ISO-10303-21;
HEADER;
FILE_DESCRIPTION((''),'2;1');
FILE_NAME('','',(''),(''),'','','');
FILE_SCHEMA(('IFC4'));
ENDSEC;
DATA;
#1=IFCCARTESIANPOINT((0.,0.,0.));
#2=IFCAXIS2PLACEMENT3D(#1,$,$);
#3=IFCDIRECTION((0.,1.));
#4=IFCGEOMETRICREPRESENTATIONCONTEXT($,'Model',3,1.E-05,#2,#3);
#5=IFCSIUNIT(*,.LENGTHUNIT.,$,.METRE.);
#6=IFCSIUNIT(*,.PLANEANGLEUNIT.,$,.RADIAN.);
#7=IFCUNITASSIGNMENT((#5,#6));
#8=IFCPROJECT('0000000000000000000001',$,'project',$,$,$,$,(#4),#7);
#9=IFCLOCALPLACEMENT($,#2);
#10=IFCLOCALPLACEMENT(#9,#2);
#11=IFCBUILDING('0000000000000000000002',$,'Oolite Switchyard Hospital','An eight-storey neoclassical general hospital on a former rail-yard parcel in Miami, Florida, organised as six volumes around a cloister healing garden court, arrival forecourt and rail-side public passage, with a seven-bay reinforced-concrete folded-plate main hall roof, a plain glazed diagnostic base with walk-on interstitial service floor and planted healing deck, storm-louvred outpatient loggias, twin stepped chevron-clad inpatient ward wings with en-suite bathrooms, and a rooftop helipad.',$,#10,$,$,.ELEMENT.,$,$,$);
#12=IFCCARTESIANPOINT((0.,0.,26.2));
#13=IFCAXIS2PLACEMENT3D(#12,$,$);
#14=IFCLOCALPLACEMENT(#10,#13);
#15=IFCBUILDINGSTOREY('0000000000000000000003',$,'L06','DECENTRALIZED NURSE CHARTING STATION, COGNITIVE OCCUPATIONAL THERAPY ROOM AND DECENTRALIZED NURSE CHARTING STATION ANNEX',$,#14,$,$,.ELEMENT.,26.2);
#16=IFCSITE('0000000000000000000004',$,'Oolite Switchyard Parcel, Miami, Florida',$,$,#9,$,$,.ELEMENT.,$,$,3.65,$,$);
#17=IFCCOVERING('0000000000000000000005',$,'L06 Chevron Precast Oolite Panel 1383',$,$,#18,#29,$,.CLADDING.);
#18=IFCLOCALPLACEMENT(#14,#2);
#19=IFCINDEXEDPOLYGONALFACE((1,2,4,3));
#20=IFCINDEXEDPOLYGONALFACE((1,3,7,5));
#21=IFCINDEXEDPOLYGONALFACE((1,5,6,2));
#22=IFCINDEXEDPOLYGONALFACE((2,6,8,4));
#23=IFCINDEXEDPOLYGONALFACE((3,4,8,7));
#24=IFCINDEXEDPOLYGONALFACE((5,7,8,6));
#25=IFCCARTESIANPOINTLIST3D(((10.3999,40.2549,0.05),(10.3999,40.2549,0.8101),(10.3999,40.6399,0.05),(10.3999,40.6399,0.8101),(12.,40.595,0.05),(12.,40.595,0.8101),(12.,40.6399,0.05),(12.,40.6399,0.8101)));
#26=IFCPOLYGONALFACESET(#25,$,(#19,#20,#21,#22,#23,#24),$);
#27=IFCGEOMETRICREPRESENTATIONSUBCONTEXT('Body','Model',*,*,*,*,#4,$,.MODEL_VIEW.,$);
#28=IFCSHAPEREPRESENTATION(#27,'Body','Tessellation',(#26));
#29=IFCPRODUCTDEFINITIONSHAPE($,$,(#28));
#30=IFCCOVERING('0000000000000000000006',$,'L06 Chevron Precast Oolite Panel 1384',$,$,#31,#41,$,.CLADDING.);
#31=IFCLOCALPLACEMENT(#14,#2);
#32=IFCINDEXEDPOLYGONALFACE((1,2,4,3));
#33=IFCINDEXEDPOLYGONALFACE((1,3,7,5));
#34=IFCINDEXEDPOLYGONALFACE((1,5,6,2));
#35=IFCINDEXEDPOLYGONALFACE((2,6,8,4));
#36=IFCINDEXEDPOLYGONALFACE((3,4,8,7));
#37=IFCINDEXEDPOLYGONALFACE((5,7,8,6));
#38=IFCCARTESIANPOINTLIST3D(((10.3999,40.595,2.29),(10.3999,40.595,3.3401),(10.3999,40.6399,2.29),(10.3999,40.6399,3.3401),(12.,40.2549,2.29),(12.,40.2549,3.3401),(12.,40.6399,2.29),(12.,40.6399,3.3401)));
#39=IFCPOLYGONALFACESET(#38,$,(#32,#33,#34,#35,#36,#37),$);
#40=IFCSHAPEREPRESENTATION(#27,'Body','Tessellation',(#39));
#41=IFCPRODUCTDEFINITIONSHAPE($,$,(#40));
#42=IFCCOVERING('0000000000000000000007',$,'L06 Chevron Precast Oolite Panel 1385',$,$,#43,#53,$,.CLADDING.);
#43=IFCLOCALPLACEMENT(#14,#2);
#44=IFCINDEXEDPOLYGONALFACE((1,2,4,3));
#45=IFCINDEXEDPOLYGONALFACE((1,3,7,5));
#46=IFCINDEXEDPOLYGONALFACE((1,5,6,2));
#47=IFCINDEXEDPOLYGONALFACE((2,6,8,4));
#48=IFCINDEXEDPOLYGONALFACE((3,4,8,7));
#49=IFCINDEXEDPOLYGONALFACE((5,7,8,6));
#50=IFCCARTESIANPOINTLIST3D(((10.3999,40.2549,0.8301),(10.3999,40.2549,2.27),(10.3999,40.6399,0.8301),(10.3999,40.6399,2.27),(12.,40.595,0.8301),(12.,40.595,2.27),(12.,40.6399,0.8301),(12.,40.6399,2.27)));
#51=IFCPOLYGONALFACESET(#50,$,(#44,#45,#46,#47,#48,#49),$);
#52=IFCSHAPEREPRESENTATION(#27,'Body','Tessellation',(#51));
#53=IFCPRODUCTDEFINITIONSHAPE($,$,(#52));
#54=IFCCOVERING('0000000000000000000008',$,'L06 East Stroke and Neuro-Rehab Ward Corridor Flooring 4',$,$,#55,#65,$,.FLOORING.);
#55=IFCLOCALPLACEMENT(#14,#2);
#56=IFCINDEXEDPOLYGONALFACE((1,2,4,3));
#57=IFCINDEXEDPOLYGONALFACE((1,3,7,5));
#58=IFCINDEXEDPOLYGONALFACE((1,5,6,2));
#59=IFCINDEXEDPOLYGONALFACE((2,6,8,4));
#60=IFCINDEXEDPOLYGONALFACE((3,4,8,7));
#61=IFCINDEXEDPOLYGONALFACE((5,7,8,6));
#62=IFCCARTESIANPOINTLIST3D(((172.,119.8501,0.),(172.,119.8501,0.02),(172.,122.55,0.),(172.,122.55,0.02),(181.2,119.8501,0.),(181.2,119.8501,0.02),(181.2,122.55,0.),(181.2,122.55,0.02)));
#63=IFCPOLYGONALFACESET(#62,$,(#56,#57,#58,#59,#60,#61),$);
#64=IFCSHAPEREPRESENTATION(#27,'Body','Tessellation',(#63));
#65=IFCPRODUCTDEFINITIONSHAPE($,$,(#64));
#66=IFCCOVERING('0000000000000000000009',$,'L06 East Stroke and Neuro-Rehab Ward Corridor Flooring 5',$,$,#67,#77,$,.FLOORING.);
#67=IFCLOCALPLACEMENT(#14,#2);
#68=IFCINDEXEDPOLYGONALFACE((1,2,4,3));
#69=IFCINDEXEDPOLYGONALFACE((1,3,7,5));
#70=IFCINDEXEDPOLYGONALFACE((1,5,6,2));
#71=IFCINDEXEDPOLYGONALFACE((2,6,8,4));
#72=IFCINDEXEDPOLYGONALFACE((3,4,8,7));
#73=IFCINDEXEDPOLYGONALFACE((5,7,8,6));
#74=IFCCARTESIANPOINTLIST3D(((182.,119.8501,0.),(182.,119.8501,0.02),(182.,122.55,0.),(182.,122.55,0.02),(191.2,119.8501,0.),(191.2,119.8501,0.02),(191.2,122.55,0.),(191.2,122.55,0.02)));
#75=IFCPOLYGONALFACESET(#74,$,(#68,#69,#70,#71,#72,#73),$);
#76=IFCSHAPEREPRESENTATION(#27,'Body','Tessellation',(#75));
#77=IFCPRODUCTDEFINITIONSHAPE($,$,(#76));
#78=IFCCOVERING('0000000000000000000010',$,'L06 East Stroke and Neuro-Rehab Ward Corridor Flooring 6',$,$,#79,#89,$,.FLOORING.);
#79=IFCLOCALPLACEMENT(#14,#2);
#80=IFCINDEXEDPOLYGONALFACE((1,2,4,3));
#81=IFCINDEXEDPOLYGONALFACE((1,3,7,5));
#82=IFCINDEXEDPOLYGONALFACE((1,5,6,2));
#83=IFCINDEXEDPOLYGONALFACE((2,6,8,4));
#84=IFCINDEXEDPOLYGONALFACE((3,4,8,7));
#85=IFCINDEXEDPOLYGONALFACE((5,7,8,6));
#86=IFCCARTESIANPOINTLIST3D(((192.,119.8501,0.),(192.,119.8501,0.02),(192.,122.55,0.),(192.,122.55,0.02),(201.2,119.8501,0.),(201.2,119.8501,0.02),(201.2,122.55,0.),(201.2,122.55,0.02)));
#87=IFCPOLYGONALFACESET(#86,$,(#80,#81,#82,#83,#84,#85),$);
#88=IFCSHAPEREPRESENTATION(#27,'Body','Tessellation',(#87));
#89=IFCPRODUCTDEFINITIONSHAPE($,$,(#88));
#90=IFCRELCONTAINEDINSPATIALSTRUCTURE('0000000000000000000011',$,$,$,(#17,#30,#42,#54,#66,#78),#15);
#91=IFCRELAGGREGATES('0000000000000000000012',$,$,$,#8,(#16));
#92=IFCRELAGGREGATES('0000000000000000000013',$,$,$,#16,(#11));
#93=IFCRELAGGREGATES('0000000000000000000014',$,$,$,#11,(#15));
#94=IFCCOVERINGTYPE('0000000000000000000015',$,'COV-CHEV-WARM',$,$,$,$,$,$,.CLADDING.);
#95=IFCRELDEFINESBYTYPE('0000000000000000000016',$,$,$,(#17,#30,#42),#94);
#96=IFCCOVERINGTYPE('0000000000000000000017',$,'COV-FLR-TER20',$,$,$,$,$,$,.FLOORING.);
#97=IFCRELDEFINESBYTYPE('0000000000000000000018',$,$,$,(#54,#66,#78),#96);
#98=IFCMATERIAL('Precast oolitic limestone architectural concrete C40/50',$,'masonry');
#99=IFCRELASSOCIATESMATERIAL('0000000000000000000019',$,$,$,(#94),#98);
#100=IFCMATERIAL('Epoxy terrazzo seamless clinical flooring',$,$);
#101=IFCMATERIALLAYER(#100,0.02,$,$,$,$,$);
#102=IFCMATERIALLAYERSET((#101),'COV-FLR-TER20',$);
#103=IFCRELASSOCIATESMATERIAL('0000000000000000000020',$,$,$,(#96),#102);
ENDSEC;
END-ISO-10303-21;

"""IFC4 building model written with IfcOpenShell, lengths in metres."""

from ifc_helpers import new_model, si_unit, direction, frame, origin, place, context, subcontext, project, spatial, polyline, outline, extrude, material, layer, layer_set, type_object, element, save


model = new_model("IFC4")

# Units and contexts
model_context = context("Model", 3, precision=1e-05, world=origin(), true_north=direction((0.0, 1.0)))
body_context = subcontext(model_context, "Body", "Model", "MODEL_VIEW")
ifc_project = project(units=[si_unit("LENGTHUNIT", "METRE"), si_unit("PLANEANGLEUNIT", "RADIAN")], contexts=[model_context])

# Site, building, storey
site_placement = place(None, origin())
site = spatial("IfcSite", under=ifc_project, at=site_placement, Name="Oolite Switchyard Parcel, Miami, Florida", CompositionType="ELEMENT", RefElevation=3.65)
building_placement = place(site_placement, origin())
building = spatial("IfcBuilding", under=site, at=building_placement, Name="Oolite Switchyard Hospital", Description="An eight-storey neoclassical general hospital on a former rail-yard parcel in Miami, Florida, organised as six volumes around a cloister healing garden court, arrival forecourt and rail-side public passage, with a seven-bay reinforced-concrete folded-plate main hall roof, a plain glazed diagnostic base with walk-on interstitial service floor and planted healing deck, storm-louvred outpatient loggias, twin stepped chevron-clad inpatient ward wings with en-suite bathrooms, and a rooftop helipad.", CompositionType="ELEMENT")
storey_placement = place(building_placement, frame((0.0, 0.0, 26.2)))
storey = spatial("IfcBuildingStorey", under=building, at=storey_placement, Name="L06", Description="DECENTRALIZED NURSE CHARTING STATION, COGNITIVE OCCUPATIONAL THERAPY ROOM AND DECENTRALIZED NURSE CHARTING STATION ANNEX", CompositionType="ELEMENT", Elevation=26.2)

# Coverings
ifc_material_1 = material(Name="Precast oolitic limestone architectural concrete C40/50", Category="masonry")
covering_type_1 = type_object("IfcCoveringType", Name="COV-CHEV-WARM", PredefinedType="CLADDING", material=ifc_material_1)
covering_1_placement = place(storey_placement, frame((12.0, 40.6399, 0.05), z_axis=(0.0, 0.0, 1.0), x_axis=(-1.0, 0.0, 0.0)))
element("IfcCovering", 1, at=covering_1_placement, inside=storey, type_object=covering_type_1, Name="L06 Chevron Precast Oolite Panel 1383", PredefinedType="CLADDING", context=body_context, shape_type="SweptSolid", body=[
    extrude(outline(polyline([(0.0, 0.0), (1.6001, 0.0), (1.6001, 0.385), (0.0, 0.0449), (0.0, 0.0)])), origin(), (0.0, 0.0, 1.0), 0.76),
])
covering_2_placement = place(storey_placement, frame((12.0, 40.6399, 2.29), z_axis=(0.0, 0.0, 1.0), x_axis=(-1.0, 0.0, 0.0)))
element("IfcCovering", 2, at=covering_2_placement, inside=storey, type_object=covering_type_1, Name="L06 Chevron Precast Oolite Panel 1384", PredefinedType="CLADDING", context=body_context, shape_type="SweptSolid", body=[
    extrude(outline(polyline([(0.0, 0.0), (1.6001, 0.0), (1.6001, 0.0449), (0.0, 0.385), (0.0, 0.0)])), origin(), (0.0, 0.0, 1.0), 1.05),
])
covering_3_placement = place(storey_placement, frame((12.0, 40.6399, 0.8301), z_axis=(0.0, 0.0, 1.0), x_axis=(-1.0, 0.0, 0.0)))
element("IfcCovering", 3, at=covering_3_placement, inside=storey, type_object=covering_type_1, Name="L06 Chevron Precast Oolite Panel 1385", PredefinedType="CLADDING", context=body_context, shape_type="SweptSolid", body=[
    extrude(outline(polyline([(0.0, 0.0), (1.6001, 0.0), (1.6001, 0.385), (0.0, 0.0449), (0.0, 0.0)])), origin(), (0.0, 0.0, 1.0), 1.4399),
])
ifc_material_2 = material(Name="Epoxy terrazzo seamless clinical flooring")
ifc_layer_1 = layer(ifc_material_2, 0.02)
ifc_layer_set_1 = layer_set([ifc_layer_1], Name="COV-FLR-TER20")
covering_type_2 = type_object("IfcCoveringType", Name="COV-FLR-TER20", PredefinedType="FLOORING", material=ifc_layer_set_1)
covering_4_placement = place(storey_placement, origin())
element("IfcCovering", 4, at=covering_4_placement, inside=storey, type_object=covering_type_2, Name="L06 East Stroke and Neuro-Rehab Ward Corridor Flooring 4", PredefinedType="FLOORING", context=body_context, shape_type="SweptSolid", body=[
    extrude(outline(polyline([(172.0, 119.8501), (181.2, 119.8501), (181.2, 122.55), (172.0, 122.55), (172.0, 119.8501)])), origin(), (0.0, 0.0, 1.0), 0.02),
])
covering_5_placement = place(storey_placement, origin())
element("IfcCovering", 5, at=covering_5_placement, inside=storey, type_object=covering_type_2, Name="L06 East Stroke and Neuro-Rehab Ward Corridor Flooring 5", PredefinedType="FLOORING", context=body_context, shape_type="SweptSolid", body=[
    extrude(outline(polyline([(182.0, 119.8501), (191.2, 119.8501), (191.2, 122.55), (182.0, 122.55), (182.0, 119.8501)])), origin(), (0.0, 0.0, 1.0), 0.02),
])
covering_6_placement = place(storey_placement, origin())
element("IfcCovering", 6, at=covering_6_placement, inside=storey, type_object=covering_type_2, Name="L06 East Stroke and Neuro-Rehab Ward Corridor Flooring 6", PredefinedType="FLOORING", context=body_context, shape_type="SweptSolid", body=[
    extrude(outline(polyline([(192.0, 119.8501), (201.2, 119.8501), (201.2, 122.55), (192.0, 122.55), (192.0, 119.8501)])), origin(), (0.0, 0.0, 1.0), 0.02),
])

save(model, "model.ifc")
